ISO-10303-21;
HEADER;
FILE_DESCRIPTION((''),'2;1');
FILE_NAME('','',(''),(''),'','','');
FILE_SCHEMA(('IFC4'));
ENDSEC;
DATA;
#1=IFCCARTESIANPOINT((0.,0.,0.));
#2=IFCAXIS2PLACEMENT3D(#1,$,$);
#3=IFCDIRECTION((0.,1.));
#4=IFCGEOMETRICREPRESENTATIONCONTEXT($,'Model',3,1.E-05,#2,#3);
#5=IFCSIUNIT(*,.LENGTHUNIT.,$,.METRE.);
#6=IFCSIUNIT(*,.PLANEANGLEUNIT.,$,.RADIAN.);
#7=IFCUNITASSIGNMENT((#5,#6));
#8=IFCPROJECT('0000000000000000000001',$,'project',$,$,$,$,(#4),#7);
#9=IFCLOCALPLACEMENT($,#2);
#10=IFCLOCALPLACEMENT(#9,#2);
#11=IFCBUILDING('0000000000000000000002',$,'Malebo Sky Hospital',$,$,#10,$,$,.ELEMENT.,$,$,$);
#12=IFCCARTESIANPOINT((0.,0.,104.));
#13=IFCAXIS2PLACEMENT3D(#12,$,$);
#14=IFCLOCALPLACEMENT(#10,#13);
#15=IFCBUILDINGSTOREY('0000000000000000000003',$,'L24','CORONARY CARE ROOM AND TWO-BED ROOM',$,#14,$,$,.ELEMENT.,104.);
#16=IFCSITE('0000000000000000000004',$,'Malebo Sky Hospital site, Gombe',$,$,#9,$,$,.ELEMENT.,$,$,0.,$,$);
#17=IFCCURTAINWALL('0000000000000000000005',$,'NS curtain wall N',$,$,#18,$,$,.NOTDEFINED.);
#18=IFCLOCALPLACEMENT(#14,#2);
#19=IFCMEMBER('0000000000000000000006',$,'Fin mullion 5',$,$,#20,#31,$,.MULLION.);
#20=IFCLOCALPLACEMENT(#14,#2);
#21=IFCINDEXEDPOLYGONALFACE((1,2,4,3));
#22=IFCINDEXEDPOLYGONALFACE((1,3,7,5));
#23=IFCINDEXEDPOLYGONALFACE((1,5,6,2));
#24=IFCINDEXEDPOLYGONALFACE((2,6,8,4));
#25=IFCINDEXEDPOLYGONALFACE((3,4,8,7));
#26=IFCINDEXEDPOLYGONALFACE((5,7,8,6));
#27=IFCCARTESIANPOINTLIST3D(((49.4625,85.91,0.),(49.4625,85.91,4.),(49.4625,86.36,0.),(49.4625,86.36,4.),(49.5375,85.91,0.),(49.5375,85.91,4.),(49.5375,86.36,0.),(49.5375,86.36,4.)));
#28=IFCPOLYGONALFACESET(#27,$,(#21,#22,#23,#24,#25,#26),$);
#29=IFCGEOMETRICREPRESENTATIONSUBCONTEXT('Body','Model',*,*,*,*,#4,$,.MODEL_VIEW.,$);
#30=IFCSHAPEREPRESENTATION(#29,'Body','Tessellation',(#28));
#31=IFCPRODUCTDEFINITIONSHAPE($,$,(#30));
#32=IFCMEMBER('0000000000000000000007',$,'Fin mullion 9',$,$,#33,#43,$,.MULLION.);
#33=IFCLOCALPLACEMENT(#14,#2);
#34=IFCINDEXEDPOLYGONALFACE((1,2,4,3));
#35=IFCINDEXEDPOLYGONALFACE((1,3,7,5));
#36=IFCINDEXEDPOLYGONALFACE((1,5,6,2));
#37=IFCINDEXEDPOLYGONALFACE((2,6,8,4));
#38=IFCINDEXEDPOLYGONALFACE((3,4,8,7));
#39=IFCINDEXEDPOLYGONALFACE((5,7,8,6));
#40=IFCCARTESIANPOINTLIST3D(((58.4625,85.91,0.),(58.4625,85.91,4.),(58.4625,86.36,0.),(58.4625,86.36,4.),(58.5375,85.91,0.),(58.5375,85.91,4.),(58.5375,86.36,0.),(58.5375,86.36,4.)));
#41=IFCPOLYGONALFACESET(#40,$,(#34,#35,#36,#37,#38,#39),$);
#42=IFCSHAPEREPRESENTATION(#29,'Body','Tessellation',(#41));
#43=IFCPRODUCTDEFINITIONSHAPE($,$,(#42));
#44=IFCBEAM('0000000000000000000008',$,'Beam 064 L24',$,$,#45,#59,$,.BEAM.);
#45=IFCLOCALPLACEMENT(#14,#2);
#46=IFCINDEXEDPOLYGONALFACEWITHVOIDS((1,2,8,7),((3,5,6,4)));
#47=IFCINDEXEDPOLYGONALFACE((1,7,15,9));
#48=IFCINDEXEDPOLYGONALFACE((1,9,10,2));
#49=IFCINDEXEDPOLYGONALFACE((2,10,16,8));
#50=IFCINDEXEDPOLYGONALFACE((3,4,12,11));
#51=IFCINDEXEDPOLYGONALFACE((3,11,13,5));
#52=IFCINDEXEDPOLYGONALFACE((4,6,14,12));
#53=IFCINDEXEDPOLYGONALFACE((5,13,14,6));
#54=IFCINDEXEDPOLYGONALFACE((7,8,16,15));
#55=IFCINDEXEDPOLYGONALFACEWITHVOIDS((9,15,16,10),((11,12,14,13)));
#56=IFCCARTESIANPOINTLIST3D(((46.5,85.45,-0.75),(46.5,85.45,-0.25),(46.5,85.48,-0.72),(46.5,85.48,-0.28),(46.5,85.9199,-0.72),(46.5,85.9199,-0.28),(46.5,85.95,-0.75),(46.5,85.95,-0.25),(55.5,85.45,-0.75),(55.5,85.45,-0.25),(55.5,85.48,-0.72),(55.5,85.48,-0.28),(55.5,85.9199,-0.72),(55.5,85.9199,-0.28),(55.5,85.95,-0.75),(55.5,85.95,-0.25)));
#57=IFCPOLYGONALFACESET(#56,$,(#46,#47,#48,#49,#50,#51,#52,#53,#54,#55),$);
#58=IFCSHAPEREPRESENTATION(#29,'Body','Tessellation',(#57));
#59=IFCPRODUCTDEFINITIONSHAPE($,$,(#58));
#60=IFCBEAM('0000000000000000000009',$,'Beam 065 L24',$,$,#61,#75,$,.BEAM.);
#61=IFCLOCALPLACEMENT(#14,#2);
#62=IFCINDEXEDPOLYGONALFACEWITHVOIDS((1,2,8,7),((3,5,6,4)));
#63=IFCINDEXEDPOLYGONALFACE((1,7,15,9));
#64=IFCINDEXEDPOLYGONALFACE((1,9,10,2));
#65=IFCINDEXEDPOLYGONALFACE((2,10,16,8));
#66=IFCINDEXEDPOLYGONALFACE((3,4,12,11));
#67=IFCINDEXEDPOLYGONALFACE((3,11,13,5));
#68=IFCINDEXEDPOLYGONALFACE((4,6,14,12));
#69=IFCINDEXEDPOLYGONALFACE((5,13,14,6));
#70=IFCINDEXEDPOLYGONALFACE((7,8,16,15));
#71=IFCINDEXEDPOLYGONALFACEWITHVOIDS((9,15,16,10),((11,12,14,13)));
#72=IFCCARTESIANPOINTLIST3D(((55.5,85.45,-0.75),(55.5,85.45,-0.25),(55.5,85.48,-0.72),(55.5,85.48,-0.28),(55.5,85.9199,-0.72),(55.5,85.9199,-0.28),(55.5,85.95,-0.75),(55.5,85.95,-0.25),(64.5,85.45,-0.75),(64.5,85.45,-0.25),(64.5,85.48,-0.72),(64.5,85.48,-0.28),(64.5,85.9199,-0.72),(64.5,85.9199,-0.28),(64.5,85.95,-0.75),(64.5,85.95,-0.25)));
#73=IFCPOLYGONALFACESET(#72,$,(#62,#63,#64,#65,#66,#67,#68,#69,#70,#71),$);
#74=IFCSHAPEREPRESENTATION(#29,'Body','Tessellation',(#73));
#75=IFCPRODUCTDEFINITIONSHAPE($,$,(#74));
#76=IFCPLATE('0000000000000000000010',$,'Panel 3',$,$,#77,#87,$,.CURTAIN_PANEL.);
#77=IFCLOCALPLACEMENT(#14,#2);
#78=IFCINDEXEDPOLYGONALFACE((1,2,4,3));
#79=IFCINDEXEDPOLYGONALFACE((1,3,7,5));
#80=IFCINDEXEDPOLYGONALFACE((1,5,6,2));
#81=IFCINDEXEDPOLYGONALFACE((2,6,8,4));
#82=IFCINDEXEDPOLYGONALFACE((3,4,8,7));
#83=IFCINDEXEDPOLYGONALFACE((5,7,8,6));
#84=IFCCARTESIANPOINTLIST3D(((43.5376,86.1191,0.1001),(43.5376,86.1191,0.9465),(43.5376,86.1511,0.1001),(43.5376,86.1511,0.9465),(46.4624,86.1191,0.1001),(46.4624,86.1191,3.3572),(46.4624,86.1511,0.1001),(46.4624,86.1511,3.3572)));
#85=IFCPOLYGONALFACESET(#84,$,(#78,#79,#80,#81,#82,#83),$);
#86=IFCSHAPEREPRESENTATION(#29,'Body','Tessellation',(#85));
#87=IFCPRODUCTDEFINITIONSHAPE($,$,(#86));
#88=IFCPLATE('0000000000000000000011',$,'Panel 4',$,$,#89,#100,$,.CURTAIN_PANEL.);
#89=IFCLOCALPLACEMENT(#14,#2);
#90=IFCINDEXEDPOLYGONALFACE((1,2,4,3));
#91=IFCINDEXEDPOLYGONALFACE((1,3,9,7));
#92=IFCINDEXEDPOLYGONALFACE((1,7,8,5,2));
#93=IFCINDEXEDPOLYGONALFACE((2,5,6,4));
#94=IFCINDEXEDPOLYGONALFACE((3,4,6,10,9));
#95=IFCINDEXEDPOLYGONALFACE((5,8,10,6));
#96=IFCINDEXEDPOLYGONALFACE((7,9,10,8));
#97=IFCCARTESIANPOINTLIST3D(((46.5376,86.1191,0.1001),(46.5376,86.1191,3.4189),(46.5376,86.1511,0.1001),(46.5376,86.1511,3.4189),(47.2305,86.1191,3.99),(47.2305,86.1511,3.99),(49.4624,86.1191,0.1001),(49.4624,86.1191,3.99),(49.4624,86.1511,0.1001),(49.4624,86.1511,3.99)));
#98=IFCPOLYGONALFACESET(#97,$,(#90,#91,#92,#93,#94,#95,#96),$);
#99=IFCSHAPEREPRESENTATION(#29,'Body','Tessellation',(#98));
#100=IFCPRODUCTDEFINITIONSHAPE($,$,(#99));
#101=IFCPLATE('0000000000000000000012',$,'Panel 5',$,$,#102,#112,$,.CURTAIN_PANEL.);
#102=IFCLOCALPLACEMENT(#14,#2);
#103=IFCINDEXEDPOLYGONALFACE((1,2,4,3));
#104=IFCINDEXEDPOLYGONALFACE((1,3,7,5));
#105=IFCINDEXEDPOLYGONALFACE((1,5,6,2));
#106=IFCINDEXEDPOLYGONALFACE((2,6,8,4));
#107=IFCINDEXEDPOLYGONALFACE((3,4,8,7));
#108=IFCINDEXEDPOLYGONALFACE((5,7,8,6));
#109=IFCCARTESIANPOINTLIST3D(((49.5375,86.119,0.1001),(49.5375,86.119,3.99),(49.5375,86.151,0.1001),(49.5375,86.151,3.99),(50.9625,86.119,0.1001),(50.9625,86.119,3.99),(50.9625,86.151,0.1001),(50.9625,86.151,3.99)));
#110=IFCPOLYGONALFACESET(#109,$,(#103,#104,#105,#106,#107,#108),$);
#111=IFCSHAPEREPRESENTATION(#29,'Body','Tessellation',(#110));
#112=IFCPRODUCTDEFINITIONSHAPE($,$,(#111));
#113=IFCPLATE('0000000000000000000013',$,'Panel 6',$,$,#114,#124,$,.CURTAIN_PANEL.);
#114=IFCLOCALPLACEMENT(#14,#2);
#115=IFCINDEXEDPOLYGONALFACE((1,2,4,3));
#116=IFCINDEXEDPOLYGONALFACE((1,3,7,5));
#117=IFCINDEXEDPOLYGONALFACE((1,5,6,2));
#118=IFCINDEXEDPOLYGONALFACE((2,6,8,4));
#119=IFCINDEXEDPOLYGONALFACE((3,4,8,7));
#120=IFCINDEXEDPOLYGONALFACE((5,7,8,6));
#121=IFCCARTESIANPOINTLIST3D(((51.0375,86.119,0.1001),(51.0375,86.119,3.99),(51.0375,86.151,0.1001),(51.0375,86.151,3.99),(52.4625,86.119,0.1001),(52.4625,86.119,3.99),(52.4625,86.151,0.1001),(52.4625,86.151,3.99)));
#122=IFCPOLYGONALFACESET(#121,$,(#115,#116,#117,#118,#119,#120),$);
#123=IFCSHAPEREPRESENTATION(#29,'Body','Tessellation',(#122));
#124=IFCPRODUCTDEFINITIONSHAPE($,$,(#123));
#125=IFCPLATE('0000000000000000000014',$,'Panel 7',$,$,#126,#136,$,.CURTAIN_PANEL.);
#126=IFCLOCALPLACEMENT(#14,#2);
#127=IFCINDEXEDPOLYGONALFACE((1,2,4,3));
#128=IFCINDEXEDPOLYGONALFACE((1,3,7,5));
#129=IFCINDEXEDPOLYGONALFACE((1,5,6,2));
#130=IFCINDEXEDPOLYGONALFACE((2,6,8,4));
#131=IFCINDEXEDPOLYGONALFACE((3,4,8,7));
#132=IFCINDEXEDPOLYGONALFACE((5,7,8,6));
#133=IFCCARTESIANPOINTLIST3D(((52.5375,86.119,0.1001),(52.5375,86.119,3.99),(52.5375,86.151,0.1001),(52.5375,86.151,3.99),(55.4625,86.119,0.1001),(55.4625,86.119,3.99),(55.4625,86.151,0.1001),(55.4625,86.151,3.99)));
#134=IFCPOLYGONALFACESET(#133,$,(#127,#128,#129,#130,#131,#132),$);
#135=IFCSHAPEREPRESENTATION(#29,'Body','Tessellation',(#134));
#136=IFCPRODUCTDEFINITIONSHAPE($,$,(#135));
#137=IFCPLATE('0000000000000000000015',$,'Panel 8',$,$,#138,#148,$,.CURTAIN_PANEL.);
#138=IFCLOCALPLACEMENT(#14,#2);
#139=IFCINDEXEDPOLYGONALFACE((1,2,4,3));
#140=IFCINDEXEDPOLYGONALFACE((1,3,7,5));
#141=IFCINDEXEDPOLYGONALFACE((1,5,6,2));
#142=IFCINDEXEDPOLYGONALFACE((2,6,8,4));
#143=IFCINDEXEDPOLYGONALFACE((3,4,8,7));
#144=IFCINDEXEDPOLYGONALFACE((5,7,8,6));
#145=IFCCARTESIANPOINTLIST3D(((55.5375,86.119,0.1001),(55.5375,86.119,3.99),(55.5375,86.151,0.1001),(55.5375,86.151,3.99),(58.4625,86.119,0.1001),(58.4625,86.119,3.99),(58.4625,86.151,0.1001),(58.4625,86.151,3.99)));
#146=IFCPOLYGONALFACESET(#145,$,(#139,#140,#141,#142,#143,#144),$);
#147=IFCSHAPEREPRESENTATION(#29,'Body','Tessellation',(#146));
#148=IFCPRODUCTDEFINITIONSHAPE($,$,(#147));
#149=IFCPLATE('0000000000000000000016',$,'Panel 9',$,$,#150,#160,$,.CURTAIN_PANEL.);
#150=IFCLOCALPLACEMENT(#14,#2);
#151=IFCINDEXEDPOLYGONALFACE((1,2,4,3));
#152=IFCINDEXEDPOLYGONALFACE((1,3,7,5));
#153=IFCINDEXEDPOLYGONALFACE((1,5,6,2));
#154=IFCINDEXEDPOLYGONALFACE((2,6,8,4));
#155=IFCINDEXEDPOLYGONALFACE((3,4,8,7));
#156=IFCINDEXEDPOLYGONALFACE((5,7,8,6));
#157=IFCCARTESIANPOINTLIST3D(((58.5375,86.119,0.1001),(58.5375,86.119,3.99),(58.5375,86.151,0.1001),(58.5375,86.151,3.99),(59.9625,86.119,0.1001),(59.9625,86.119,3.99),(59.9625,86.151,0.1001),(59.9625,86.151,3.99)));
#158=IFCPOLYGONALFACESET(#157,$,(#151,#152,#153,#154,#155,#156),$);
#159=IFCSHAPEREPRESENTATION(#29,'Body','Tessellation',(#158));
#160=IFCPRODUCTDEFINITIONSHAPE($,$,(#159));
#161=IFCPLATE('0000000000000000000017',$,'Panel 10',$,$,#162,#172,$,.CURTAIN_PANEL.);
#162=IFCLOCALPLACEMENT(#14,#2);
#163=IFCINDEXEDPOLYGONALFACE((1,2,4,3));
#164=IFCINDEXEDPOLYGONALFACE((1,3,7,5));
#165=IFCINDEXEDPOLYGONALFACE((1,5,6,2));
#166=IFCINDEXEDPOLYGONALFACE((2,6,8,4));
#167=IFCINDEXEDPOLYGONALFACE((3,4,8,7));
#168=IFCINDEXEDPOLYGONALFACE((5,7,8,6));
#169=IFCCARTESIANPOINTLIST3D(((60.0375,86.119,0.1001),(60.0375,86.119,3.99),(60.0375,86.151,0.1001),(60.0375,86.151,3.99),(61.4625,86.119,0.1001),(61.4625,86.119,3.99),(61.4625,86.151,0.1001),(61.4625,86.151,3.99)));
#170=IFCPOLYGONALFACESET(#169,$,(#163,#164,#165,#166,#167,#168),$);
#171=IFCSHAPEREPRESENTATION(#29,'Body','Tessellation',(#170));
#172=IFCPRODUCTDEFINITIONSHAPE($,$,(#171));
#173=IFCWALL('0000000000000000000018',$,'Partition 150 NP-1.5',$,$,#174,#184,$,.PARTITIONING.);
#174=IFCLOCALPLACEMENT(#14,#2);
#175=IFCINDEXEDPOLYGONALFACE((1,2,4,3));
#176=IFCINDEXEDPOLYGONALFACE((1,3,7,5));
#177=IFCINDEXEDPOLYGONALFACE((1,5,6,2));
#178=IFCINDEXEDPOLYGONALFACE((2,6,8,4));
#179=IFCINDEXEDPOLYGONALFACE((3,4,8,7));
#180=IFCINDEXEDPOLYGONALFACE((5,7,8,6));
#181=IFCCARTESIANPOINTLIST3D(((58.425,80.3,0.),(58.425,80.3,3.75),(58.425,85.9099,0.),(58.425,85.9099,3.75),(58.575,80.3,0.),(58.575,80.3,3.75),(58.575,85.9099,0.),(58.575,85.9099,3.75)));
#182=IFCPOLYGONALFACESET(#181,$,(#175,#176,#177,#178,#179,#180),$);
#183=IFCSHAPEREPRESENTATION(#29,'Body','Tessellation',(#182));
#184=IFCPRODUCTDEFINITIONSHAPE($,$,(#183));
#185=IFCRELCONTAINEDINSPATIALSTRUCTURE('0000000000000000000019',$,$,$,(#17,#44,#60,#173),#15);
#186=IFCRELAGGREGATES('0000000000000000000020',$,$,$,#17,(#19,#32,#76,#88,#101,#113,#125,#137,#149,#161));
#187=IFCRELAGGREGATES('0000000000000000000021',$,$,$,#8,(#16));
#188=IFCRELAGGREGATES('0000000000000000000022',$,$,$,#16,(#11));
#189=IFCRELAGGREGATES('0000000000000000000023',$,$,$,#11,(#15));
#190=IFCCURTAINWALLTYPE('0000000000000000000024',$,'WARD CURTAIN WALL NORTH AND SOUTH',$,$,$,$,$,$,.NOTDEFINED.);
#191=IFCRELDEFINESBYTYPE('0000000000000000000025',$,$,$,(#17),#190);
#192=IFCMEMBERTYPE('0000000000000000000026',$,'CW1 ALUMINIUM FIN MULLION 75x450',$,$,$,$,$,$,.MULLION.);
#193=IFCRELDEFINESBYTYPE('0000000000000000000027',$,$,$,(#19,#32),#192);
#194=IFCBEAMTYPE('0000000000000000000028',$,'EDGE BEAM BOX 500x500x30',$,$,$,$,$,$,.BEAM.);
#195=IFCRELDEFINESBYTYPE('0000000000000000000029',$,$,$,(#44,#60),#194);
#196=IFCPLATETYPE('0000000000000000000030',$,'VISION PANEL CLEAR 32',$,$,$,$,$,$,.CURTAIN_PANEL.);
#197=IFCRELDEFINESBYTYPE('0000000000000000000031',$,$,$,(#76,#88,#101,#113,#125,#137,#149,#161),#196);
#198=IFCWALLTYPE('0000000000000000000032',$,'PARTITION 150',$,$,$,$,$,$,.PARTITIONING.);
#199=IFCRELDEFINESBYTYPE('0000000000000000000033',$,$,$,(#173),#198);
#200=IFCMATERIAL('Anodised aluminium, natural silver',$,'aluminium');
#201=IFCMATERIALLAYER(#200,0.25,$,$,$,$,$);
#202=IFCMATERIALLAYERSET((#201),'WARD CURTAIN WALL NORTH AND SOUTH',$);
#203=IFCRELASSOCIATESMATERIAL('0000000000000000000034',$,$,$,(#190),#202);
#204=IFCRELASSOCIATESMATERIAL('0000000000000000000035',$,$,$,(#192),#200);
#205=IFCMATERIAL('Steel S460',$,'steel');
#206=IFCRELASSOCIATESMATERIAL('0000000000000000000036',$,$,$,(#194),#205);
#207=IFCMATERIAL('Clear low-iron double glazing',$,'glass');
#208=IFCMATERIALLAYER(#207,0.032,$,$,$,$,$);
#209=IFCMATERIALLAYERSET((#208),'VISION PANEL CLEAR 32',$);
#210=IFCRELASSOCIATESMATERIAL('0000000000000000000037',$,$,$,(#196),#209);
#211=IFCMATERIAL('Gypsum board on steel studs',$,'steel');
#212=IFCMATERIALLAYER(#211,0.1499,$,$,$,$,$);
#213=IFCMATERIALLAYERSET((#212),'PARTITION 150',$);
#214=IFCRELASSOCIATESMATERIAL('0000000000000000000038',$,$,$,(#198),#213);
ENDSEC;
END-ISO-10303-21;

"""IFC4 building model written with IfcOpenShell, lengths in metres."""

from ifc_helpers import new_model, si_unit, direction, frame, frame_2d, origin, origin_2d, place, context, subcontext, project, spatial, polyline, rectangle, hollow_rectangle, outline, extrude, material, layer, layer_set, material_profile, profile_set, type_object, element, aggregate, save


model = new_model("IFC4")

# Units and contexts
model_context = context("Model", 3, precision=1e-05, world=origin(), true_north=direction((0.0, 1.0)))
body_context = subcontext(model_context, "Body", "Model", "MODEL_VIEW")
ifc_project = project(units=[si_unit("LENGTHUNIT", "METRE"), si_unit("PLANEANGLEUNIT", "RADIAN")], contexts=[model_context])

# Site, building, storey
site_placement = place(None, origin())
site = spatial("IfcSite", under=ifc_project, at=site_placement, Name="Malebo Sky Hospital site, Gombe", CompositionType="ELEMENT", RefElevation=0.0)
building_placement = place(site_placement, origin())
building = spatial("IfcBuilding", under=site, at=building_placement, Name="Malebo Sky Hospital", CompositionType="ELEMENT")
storey_placement = place(building_placement, frame((0.0, 0.0, 104.0)))
storey = spatial("IfcBuildingStorey", under=building, at=storey_placement, Name="L24", Description="CORONARY CARE ROOM AND TWO-BED ROOM", CompositionType="ELEMENT", Elevation=104.0)

# Shared definitions
ifc_material_1 = material(Name="Steel S460", Category="steel")

# Curtain wall, members
ifc_material_2 = material(Name="Anodised aluminium, natural silver", Category="aluminium")
ifc_layer_1 = layer(ifc_material_2, 0.25)
ifc_layer_set_1 = layer_set([ifc_layer_1], Name="WARD CURTAIN WALL NORTH AND SOUTH")
curtain_wall_type = type_object("IfcCurtainWallType", Name="WARD CURTAIN WALL NORTH AND SOUTH", PredefinedType="NOTDEFINED", material=ifc_layer_set_1)
curtain_wall_placement = place(storey_placement, origin())
curtain_wall = element("IfcCurtainWall", 1, at=curtain_wall_placement, inside=storey, type_object=curtain_wall_type, Name="NS curtain wall N", PredefinedType="NOTDEFINED")
ifc_material_profile_1 = material_profile(ifc_material_2, rectangle(XDim=0.075, YDim=0.45, at=origin_2d()), Name="CW1 ALUMINIUM FIN MULLION 75x450")
ifc_profile_set_1 = profile_set([ifc_material_profile_1], Name="Anodised aluminium, natural silver")
member_type_1 = type_object("IfcMemberType", Name="CW1 ALUMINIUM FIN MULLION 75x450", PredefinedType="MULLION", material=ifc_profile_set_1)
member_1_placement = place(storey_placement, frame((49.5, 86.135, 0.0), z_axis=(0.0, 0.0, 1.0), x_axis=(1.0, 0.0, 0.0)))
member_1 = element("IfcMember", 2, at=member_1_placement, type_object=member_type_1, Name="Fin mullion 5", PredefinedType="MULLION", context=body_context, shape_type="SweptSolid", body=[
    extrude(rectangle(XDim=0.075, YDim=0.45, at=origin_2d()), origin(), (0.0, 0.0, 1.0), 4.0),
])
member_2_placement = place(storey_placement, frame((58.5, 86.135, 0.0), z_axis=(0.0, 0.0, 1.0), x_axis=(1.0, 0.0, 0.0)))
member_2 = element("IfcMember", 3, at=member_2_placement, type_object=member_type_1, Name="Fin mullion 9", PredefinedType="MULLION", context=body_context, shape_type="SweptSolid", body=[
    extrude(rectangle(XDim=0.075, YDim=0.45, at=origin_2d()), origin(), (0.0, 0.0, 1.0), 4.0),
])

# Beams
ifc_material_profile_2 = material_profile(ifc_material_1, hollow_rectangle(XDim=0.5, YDim=0.5, WallThickness=0.03, at=origin_2d()), Name="BOX 500x500x30")
ifc_profile_set_2 = profile_set([ifc_material_profile_2], Name="Steel S460")
beam_type = type_object("IfcBeamType", Name="EDGE BEAM BOX 500x500x30", PredefinedType="BEAM", material=ifc_profile_set_2)
for number, where, z_axis, x_axis, name in (
    (4, (46.5, 85.7, -0.5), (1.0, 0.0, 0.0), (0.0, 1.0, 0.0), "Beam 064 L24"),
    (5, (55.5, 85.7, -0.5), (1.0, 0.0, 0.0), (0.0, 1.0, 0.0), "Beam 065 L24"),
):
    element("IfcBeam", number, at=place(storey_placement, frame(where, z_axis=z_axis, x_axis=x_axis)), inside=storey, type_object=beam_type, Name=name, PredefinedType="BEAM", context=body_context, shape_type="SweptSolid", body=[
        extrude(hollow_rectangle(XDim=0.5, YDim=0.5, WallThickness=0.03, at=origin_2d()), origin(), (0.0, 0.0, 1.0), 9.0),
    ])

# Plates
ifc_material_3 = material(Name="Clear low-iron double glazing", Category="glass")
ifc_layer_2 = layer(ifc_material_3, 0.032)
ifc_layer_set_2 = layer_set([ifc_layer_2], Name="VISION PANEL CLEAR 32")
plate_type = type_object("IfcPlateType", Name="VISION PANEL CLEAR 32", PredefinedType="CURTAIN_PANEL", material=ifc_layer_set_2)
plate_1_placement = place(storey_placement, frame((45.0, 86.135, 0.1001), z_axis=(0.0, 0.0, 1.0), x_axis=(1.0, 0.0, 0.0)))
plate_1 = element("IfcPlate", 6, at=plate_1_placement, type_object=plate_type, Name="Panel 3", PredefinedType="CURTAIN_PANEL", context=body_context, shape_type="SweptSolid", body=[
    extrude(outline(polyline([(-1.4624, 0.0), (1.4624, 0.0), (1.4624, 3.2571), (-1.4624, 0.8464), (-1.4624, 0.0)])), frame((0.0, 0.0161, 0.0), z_axis=(0.0, -1.0, 0.0), x_axis=(1.0, 0.0, 0.0)), (0.0, 0.0, 1.0), 0.032),
])
plate_2_placement = place(storey_placement, frame((48.0, 86.135, 0.1001), z_axis=(0.0, 0.0, 1.0), x_axis=(1.0, 0.0, 0.0)))
plate_2 = element("IfcPlate", 7, at=plate_2_placement, type_object=plate_type, Name="Panel 4", PredefinedType="CURTAIN_PANEL", context=body_context, shape_type="SweptSolid", body=[
    extrude(outline(polyline([(-1.4624, 0.0), (1.4624, 0.0), (1.4624, 3.8899), (-0.7695, 3.8899), (-1.4624, 3.3188), (-1.4624, 0.0)])), frame((0.0, 0.0161, 0.0), z_axis=(0.0, -1.0, 0.0), x_axis=(1.0, 0.0, 0.0)), (0.0, 0.0, 1.0), 0.032),
])
plate_3_placement = place(storey_placement, frame((50.25, 86.135, 0.1001), z_axis=(0.0, 0.0, 1.0), x_axis=(1.0, 0.0, 0.0)))
plate_3 = element("IfcPlate", 8, at=plate_3_placement, type_object=plate_type, Name="Panel 5", PredefinedType="CURTAIN_PANEL", context=body_context, shape_type="SweptSolid", body=[
    extrude(rectangle(XDim=1.425, YDim=0.032, at=origin_2d()), origin(), (0.0, 0.0, 1.0), 3.8899),
])
plate_4_placement = place(storey_placement, frame((51.75, 86.135, 0.1001), z_axis=(0.0, 0.0, 1.0), x_axis=(1.0, 0.0, 0.0)))
plate_4 = element("IfcPlate", 9, at=plate_4_placement, type_object=plate_type, Name="Panel 6", PredefinedType="CURTAIN_PANEL", context=body_context, shape_type="SweptSolid", body=[
    extrude(rectangle(XDim=1.425, YDim=0.032, at=origin_2d()), origin(), (0.0, 0.0, 1.0), 3.8899),
])
plate_5_placement = place(storey_placement, frame((54.0, 86.135, 0.1001), z_axis=(0.0, 0.0, 1.0), x_axis=(1.0, 0.0, 0.0)))
plate_5 = element("IfcPlate", 10, at=plate_5_placement, type_object=plate_type, Name="Panel 7", PredefinedType="CURTAIN_PANEL", context=body_context, shape_type="SweptSolid", body=[
    extrude(rectangle(XDim=2.925, YDim=0.032, at=origin_2d()), origin(), (0.0, 0.0, 1.0), 3.8899),
])
plate_6_placement = place(storey_placement, frame((57.0, 86.135, 0.1001), z_axis=(0.0, 0.0, 1.0), x_axis=(1.0, 0.0, 0.0)))
plate_6 = element("IfcPlate", 11, at=plate_6_placement, type_object=plate_type, Name="Panel 8", PredefinedType="CURTAIN_PANEL", context=body_context, shape_type="SweptSolid", body=[
    extrude(rectangle(XDim=2.925, YDim=0.032, at=origin_2d()), origin(), (0.0, 0.0, 1.0), 3.8899),
])
plate_7_placement = place(storey_placement, frame((59.25, 86.135, 0.1001), z_axis=(0.0, 0.0, 1.0), x_axis=(1.0, 0.0, 0.0)))
plate_7 = element("IfcPlate", 12, at=plate_7_placement, type_object=plate_type, Name="Panel 9", PredefinedType="CURTAIN_PANEL", context=body_context, shape_type="SweptSolid", body=[
    extrude(rectangle(XDim=1.425, YDim=0.032, at=origin_2d()), origin(), (0.0, 0.0, 1.0), 3.8899),
])
plate_8_placement = place(storey_placement, frame((60.75, 86.135, 0.1001), z_axis=(0.0, 0.0, 1.0), x_axis=(1.0, 0.0, 0.0)))
plate_8 = element("IfcPlate", 13, at=plate_8_placement, type_object=plate_type, Name="Panel 10", PredefinedType="CURTAIN_PANEL", context=body_context, shape_type="SweptSolid", body=[
    extrude(rectangle(XDim=1.425, YDim=0.032, at=origin_2d()), origin(), (0.0, 0.0, 1.0), 3.8899),
])
aggregate(curtain_wall, [member_1, member_2, plate_1, plate_2, plate_3, plate_4, plate_5, plate_6, plate_7, plate_8])

# Wall
ifc_material_4 = material(Name="Gypsum board on steel studs", Category="steel")
ifc_layer_3 = layer(ifc_material_4, 0.1499)
ifc_layer_set_3 = layer_set([ifc_layer_3], Name="PARTITION 150")
wall_type = type_object("IfcWallType", Name="PARTITION 150", PredefinedType="PARTITIONING", material=ifc_layer_set_3)
wall_1_placement = place(storey_placement, frame((58.5, 80.3, 0.0), z_axis=(0.0, 0.0, 1.0), x_axis=(0.0, 1.0, 0.0)))
element("IfcWall", 14, at=wall_1_placement, inside=storey, type_object=wall_type, Name="Partition 150 NP-1.5", PredefinedType="PARTITIONING", context=body_context, shape_type="SweptSolid", body=[
    extrude(rectangle(XDim=5.6099, YDim=0.1499, at=frame_2d((2.8049, 0.0))), origin(), (0.0, 0.0, 1.0), 3.75),
])

save(model, "model.ifc")
